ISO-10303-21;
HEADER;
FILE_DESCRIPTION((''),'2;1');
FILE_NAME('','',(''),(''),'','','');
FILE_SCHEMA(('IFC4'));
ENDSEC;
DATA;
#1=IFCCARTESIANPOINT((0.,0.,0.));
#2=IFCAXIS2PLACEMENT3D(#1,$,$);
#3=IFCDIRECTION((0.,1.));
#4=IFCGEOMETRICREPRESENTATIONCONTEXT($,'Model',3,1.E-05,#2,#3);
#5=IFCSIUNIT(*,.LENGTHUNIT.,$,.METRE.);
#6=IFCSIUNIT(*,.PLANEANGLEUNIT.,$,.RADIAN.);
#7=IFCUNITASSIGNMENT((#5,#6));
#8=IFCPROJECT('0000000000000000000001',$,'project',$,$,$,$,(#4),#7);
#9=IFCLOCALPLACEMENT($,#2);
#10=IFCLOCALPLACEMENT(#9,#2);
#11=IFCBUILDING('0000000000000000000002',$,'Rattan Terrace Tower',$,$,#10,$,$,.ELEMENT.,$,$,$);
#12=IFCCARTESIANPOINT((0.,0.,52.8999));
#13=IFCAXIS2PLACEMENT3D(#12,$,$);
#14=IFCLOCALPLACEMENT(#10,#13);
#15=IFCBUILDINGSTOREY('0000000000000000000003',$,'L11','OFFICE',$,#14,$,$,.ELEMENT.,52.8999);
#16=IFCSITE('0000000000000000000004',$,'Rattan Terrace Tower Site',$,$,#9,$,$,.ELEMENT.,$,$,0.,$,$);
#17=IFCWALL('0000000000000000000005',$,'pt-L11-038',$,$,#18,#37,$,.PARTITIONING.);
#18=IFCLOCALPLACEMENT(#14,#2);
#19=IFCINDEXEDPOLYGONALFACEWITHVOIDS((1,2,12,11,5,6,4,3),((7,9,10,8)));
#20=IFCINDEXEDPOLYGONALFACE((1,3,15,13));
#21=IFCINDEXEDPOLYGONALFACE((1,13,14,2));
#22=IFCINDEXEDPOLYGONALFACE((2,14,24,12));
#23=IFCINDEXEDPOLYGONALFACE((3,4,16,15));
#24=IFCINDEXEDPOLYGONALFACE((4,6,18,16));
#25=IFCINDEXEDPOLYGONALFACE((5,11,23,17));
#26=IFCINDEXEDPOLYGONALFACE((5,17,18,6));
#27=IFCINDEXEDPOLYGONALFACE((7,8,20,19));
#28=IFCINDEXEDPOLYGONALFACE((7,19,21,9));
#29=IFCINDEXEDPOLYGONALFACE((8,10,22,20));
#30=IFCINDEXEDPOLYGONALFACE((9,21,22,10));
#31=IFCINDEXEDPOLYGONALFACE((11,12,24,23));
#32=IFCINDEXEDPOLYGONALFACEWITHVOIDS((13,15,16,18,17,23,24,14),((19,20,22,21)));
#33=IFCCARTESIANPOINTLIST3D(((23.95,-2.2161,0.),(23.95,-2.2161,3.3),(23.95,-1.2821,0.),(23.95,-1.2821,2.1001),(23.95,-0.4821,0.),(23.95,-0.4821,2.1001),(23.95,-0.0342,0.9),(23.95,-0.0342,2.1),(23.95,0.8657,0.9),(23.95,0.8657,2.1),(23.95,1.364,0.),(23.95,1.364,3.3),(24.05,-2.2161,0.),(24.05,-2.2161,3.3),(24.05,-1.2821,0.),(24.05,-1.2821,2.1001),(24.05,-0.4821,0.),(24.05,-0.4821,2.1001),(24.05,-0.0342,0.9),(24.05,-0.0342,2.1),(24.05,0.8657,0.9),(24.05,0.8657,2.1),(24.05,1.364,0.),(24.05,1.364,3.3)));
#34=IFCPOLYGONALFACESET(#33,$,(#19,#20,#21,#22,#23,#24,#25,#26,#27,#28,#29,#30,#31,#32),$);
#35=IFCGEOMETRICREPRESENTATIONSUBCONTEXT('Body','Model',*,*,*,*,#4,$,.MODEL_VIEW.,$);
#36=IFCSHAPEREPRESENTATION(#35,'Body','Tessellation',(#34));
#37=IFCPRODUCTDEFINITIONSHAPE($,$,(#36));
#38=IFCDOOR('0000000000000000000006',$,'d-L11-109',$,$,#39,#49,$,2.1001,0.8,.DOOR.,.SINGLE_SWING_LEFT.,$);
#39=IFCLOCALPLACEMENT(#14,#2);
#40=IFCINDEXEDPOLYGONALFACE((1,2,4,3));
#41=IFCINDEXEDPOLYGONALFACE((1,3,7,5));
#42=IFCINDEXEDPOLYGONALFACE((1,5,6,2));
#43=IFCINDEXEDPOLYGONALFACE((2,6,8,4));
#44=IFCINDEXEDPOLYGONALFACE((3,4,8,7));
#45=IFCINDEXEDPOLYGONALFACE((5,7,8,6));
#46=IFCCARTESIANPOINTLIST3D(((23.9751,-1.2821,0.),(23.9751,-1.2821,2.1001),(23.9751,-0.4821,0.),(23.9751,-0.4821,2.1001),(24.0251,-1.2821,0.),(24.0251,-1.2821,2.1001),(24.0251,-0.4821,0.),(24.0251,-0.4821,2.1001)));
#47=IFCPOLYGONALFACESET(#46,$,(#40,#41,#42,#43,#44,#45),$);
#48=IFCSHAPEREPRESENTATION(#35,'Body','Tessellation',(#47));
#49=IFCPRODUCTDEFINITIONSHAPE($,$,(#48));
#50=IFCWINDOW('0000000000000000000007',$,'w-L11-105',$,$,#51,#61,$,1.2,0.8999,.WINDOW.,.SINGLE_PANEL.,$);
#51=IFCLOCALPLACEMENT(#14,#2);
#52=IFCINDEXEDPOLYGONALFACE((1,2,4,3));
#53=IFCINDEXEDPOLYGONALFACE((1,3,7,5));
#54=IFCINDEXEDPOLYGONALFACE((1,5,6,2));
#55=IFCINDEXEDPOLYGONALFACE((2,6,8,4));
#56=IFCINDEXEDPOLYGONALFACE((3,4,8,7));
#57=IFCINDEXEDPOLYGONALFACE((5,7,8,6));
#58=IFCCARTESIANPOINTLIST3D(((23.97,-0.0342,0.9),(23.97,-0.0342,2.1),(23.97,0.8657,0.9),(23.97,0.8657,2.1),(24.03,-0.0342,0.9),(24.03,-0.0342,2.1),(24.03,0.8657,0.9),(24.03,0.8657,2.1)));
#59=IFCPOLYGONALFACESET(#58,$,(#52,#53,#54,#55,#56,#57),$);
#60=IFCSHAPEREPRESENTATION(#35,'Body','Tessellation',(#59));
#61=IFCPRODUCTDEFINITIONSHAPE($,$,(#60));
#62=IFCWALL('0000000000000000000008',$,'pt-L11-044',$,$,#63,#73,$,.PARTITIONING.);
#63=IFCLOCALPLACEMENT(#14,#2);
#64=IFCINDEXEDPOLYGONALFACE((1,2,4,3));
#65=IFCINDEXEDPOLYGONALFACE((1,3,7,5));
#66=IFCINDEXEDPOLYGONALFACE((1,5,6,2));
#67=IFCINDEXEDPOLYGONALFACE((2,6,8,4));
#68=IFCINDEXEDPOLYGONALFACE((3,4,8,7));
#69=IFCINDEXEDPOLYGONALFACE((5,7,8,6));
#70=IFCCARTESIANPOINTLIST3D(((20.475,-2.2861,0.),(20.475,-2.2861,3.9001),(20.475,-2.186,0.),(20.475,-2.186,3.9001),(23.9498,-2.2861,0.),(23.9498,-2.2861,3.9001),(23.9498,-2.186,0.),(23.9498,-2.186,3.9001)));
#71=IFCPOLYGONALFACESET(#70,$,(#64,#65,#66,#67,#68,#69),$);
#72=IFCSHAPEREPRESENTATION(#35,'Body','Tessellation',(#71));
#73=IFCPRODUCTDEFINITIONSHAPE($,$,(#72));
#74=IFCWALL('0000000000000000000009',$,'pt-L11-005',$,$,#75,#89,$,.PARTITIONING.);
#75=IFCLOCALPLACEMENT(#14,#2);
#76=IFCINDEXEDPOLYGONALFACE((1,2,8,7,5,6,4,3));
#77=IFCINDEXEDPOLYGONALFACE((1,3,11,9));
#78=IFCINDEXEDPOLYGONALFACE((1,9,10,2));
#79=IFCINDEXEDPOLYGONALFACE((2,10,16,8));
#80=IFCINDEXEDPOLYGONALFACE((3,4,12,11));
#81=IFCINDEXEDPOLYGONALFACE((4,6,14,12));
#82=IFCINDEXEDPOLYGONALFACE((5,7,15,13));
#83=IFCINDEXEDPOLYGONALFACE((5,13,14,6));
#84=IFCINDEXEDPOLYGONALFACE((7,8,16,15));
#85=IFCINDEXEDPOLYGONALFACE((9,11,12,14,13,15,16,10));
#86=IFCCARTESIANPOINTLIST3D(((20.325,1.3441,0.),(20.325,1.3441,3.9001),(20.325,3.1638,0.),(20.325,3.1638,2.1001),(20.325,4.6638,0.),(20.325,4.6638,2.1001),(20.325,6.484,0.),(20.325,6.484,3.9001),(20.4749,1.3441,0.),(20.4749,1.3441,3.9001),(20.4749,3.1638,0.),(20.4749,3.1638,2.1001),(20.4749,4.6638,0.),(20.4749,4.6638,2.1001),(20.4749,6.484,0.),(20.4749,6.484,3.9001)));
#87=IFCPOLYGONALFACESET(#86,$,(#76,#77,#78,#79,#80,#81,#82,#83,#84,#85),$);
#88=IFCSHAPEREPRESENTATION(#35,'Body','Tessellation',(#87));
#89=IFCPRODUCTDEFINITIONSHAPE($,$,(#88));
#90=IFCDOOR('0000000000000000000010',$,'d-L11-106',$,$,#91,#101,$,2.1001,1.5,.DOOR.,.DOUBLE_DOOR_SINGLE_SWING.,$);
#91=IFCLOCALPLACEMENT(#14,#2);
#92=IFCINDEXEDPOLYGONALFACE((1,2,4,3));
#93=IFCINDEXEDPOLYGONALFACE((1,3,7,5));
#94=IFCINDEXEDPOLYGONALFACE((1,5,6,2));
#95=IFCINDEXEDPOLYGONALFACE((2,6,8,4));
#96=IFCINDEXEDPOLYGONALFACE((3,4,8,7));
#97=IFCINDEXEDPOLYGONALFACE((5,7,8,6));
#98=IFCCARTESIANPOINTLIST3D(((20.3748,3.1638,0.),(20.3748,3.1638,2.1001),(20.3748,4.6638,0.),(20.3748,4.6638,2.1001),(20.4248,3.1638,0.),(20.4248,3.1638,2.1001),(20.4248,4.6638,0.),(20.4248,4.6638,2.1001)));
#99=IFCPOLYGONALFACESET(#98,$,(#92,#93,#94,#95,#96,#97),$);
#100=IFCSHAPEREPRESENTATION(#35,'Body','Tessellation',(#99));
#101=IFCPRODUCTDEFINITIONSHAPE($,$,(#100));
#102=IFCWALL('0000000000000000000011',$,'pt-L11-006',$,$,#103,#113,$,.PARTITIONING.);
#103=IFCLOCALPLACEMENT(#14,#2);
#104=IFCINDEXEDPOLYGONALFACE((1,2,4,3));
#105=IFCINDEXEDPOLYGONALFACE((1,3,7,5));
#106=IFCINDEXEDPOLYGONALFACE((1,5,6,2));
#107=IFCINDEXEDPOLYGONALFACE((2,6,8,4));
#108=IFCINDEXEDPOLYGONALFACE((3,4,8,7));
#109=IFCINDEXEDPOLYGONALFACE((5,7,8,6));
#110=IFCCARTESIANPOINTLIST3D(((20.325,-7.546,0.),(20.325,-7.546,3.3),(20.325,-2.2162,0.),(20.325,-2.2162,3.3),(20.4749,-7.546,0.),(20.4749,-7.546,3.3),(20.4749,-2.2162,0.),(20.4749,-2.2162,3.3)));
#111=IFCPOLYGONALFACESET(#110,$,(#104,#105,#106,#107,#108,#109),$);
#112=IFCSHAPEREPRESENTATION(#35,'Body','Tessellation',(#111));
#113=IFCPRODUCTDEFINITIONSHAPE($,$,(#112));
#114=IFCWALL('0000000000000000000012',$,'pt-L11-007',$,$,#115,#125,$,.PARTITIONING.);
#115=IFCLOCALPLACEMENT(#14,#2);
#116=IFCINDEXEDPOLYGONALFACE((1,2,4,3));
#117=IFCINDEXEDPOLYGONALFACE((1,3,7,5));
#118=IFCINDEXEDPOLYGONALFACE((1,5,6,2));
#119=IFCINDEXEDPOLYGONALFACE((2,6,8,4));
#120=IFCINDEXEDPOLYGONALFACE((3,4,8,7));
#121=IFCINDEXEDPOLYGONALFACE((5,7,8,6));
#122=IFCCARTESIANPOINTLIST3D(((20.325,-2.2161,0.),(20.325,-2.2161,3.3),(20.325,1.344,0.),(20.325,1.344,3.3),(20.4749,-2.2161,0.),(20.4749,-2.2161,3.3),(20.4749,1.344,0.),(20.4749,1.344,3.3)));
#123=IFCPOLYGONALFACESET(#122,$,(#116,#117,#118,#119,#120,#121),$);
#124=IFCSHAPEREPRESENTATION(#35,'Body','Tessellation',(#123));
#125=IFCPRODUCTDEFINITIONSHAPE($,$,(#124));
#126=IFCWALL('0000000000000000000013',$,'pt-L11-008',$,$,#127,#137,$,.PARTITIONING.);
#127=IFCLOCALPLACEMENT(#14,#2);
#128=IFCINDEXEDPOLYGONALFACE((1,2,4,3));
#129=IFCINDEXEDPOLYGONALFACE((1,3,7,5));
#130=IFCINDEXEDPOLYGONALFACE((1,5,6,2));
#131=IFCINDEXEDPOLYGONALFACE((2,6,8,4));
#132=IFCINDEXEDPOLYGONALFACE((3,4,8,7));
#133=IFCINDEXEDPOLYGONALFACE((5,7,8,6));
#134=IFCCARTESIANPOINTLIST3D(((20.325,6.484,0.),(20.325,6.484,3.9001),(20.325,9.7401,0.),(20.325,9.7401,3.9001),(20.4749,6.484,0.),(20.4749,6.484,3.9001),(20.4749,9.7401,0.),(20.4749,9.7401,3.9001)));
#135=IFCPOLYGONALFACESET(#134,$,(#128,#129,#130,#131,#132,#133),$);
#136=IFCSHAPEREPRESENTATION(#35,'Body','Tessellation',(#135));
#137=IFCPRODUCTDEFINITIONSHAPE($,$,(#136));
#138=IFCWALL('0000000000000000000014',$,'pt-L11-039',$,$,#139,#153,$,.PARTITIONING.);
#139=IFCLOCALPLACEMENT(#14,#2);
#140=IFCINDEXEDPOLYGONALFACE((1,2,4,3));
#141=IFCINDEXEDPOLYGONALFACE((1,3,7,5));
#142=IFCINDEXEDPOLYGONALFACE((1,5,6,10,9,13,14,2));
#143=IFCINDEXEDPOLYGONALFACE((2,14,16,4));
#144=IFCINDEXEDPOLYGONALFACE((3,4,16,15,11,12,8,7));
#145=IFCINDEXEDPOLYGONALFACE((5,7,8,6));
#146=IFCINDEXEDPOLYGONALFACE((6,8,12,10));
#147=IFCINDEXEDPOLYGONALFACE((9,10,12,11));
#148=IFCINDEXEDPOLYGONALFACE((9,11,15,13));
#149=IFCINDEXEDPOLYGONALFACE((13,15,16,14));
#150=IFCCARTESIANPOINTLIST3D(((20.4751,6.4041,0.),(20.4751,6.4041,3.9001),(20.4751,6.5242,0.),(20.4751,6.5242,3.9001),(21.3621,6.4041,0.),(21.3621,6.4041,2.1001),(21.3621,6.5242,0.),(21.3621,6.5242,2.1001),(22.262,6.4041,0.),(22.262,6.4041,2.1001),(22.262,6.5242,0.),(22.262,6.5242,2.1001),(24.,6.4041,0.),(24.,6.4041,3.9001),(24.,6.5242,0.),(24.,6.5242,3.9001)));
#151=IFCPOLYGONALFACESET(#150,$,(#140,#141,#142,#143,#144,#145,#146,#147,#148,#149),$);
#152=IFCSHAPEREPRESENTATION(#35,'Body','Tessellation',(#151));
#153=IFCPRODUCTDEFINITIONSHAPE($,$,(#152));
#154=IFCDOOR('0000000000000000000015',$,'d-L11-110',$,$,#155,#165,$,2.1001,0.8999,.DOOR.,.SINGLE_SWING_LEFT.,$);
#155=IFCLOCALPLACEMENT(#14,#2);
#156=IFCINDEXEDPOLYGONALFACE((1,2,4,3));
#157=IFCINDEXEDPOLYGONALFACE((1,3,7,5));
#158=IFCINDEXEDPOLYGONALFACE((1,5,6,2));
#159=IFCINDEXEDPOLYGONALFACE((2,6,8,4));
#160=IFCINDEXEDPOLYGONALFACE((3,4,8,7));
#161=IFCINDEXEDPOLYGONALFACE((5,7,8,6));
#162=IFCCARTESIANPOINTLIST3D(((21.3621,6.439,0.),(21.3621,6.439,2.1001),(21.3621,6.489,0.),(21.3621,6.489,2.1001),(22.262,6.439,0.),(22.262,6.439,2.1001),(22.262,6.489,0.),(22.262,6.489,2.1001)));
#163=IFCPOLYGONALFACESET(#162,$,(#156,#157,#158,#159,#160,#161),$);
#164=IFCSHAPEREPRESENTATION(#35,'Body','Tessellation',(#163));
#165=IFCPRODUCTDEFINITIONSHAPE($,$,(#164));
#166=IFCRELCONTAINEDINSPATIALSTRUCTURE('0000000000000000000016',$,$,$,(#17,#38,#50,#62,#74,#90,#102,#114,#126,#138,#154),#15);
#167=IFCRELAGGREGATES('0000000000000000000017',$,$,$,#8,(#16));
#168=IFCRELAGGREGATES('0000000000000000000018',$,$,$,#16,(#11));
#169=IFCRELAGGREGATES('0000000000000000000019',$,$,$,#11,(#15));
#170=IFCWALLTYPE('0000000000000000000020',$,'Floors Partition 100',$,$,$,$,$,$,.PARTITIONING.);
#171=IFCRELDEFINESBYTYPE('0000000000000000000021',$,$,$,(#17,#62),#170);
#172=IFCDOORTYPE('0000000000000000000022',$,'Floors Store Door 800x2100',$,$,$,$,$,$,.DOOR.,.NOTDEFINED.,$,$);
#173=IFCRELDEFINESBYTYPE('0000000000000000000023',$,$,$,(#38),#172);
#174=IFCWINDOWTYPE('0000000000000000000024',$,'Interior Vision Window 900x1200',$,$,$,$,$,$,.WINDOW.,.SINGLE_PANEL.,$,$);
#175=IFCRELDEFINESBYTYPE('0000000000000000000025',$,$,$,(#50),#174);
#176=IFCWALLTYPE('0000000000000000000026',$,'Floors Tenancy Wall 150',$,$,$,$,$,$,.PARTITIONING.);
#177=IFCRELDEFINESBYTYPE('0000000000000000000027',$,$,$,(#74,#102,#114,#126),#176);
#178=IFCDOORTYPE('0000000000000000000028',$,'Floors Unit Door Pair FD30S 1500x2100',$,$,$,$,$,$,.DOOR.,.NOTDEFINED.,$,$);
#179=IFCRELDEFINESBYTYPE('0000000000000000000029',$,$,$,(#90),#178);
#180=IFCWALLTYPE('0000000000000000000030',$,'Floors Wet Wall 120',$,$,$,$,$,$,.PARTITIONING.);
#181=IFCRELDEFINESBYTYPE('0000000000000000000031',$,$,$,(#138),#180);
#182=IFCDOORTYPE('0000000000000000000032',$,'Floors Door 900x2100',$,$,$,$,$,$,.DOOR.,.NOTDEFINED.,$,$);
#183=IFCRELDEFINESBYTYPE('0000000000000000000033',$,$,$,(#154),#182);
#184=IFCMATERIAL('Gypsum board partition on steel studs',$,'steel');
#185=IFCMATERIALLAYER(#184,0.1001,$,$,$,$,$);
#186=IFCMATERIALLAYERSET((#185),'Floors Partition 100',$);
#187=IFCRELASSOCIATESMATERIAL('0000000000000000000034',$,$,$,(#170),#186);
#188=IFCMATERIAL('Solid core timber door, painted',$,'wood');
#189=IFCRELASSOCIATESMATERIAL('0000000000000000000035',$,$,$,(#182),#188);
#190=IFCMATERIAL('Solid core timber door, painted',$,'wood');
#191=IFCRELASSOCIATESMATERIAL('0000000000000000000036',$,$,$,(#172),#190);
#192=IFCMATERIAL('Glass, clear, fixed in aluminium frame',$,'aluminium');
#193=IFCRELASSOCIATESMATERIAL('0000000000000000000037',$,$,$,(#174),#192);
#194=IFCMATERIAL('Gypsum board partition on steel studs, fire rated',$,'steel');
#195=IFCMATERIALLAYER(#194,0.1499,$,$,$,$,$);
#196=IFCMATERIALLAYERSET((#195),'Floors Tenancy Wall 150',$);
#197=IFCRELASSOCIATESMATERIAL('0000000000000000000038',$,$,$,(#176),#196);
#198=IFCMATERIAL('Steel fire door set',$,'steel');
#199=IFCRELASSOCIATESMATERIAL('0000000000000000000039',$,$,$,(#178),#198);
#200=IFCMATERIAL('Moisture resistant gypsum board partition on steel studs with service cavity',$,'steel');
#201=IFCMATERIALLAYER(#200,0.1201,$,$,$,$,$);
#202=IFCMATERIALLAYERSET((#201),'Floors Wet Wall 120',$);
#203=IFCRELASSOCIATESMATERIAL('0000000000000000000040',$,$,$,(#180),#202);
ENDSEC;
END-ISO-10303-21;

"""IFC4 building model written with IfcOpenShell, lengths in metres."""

from ifc_helpers import new_model, si_unit, direction, frame, frame_2d, origin, place, context, subcontext, project, spatial, rectangle, extrude, material, layer, layer_set, type_object, element, fill, save


model = new_model("IFC4")

# Units and contexts
model_context = context("Model", 3, precision=1e-05, world=origin(), true_north=direction((0.0, 1.0)))
body_context = subcontext(model_context, "Body", "Model", "MODEL_VIEW")
ifc_project = project(units=[si_unit("LENGTHUNIT", "METRE"), si_unit("PLANEANGLEUNIT", "RADIAN")], contexts=[model_context])

# Site, building, storey
site_placement = place(None, origin())
site = spatial("IfcSite", under=ifc_project, at=site_placement, Name="Rattan Terrace Tower Site", CompositionType="ELEMENT", RefElevation=0.0)
building_placement = place(site_placement, origin())
building = spatial("IfcBuilding", under=site, at=building_placement, Name="Rattan Terrace Tower", CompositionType="ELEMENT")
storey_placement = place(building_placement, frame((0.0, 0.0, 52.8999)))
storey = spatial("IfcBuildingStorey", under=building, at=storey_placement, Name="L11", Description="OFFICE", CompositionType="ELEMENT", Elevation=52.8999)

# Shared definitions
ifc_material_1 = material(Name="Gypsum board partition on steel studs", Category="steel")
ifc_layer_1 = layer(ifc_material_1, 0.1001)
ifc_layer_set_1 = layer_set([ifc_layer_1], Name="Floors Partition 100")
wall_type_1 = type_object("IfcWallType", Name="Floors Partition 100", PredefinedType="PARTITIONING", material=ifc_layer_set_1)
ifc_material_2 = material(Name="Solid core timber door, painted", Category="wood")
door_type_1 = type_object("IfcDoorType", Name="Floors Door 900x2100", OperationType="NOTDEFINED", PredefinedType="DOOR", material=ifc_material_2)

# Wall, openings, door, window
wall_1_placement = place(storey_placement, frame((24.0, -2.2161, 0.0), z_axis=(0.0, 0.0, 1.0), x_axis=(0.0, 1.0, 0.0)))
wall_1 = element("IfcWall", 1, at=wall_1_placement, inside=storey, type_object=wall_type_1, Name="pt-L11-038", PredefinedType="PARTITIONING", context=body_context, shape_type="SweptSolid", body=[
    extrude(rectangle(XDim=3.5801, YDim=0.1001, at=frame_2d((1.79, 0.0))), origin(), (0.0, 0.0, 1.0), 3.3),
])
opening_1_placement = place(wall_1_placement, frame((0.9341, 0.0, 0.0)))
opening_1 = element("IfcOpeningElement", 2, at=opening_1_placement, cuts=wall_1, PredefinedType="OPENING", context=body_context, shape_type="SweptSolid", body=[
    extrude(rectangle(XDim=0.8, YDim=2.1001, at=frame_2d((0.3999, 1.05))), frame((0.0, 0.0605, 0.0), z_axis=(0.0, -1.0, 0.0), x_axis=(1.0, 0.0, 0.0)), (0.0, 0.0, 1.0), 0.1211),
])
opening_2_placement = place(wall_1_placement, frame((2.1819, 0.0, 0.8999)))
opening_2 = element("IfcOpeningElement", 3, at=opening_2_placement, cuts=wall_1, PredefinedType="OPENING", context=body_context, shape_type="SweptSolid", body=[
    extrude(rectangle(XDim=0.8999, YDim=1.2, at=frame_2d((0.45, 0.6001))), frame((0.0, 0.0605, 0.0), z_axis=(0.0, -1.0, 0.0), x_axis=(1.0, 0.0, 0.0)), (0.0, 0.0, 1.0), 0.1211),
])
ifc_material_3 = material(Name="Solid core timber door, painted", Category="wood")
door_type_2 = type_object("IfcDoorType", Name="Floors Store Door 800x2100", OperationType="NOTDEFINED", PredefinedType="DOOR", material=ifc_material_3)
door_1_placement = place(opening_1_placement, origin())
door_1 = element("IfcDoor", 4, at=door_1_placement, inside=storey, type_object=door_type_2, Name="d-L11-109", OperationType="SINGLE_SWING_LEFT", OverallHeight=2.1001, OverallWidth=0.8, PredefinedType="DOOR", context=body_context, shape_type="SweptSolid", body=[
    extrude(rectangle(XDim=0.8, YDim=2.1001, at=frame_2d((0.3999, 1.05))), frame((0.0, 0.0249, 0.0), z_axis=(0.0, -1.0, 0.0), x_axis=(1.0, 0.0, 0.0)), (0.0, 0.0, 1.0), 0.05),
])
fill(opening_1, door_1)
ifc_material_4 = material(Name="Glass, clear, fixed in aluminium frame", Category="aluminium")
window_type_1 = type_object("IfcWindowType", Name="Interior Vision Window 900x1200", PartitioningType="SINGLE_PANEL", PredefinedType="WINDOW", material=ifc_material_4)
window_1_placement = place(opening_2_placement, origin())
window_1 = element("IfcWindow", 5, at=window_1_placement, inside=storey, type_object=window_type_1, Name="w-L11-105", OverallHeight=1.2, OverallWidth=0.8999, PartitioningType="SINGLE_PANEL", PredefinedType="WINDOW", context=body_context, shape_type="SweptSolid", body=[
    extrude(rectangle(XDim=0.8999, YDim=1.2, at=frame_2d((0.45, 0.6001))), frame((0.0, 0.03, 0.0), z_axis=(0.0, -1.0, 0.0), x_axis=(1.0, 0.0, 0.0)), (0.0, 0.0, 1.0), 0.0601),
])
fill(opening_2, window_1)

# Wall
wall_2_placement = place(storey_placement, frame((20.4751, -2.2361, 0.0), z_axis=(0.0, 0.0, 1.0), x_axis=(1.0, 0.0, 0.0)))
element("IfcWall", 6, at=wall_2_placement, inside=storey, type_object=wall_type_1, Name="pt-L11-044", PredefinedType="PARTITIONING", context=body_context, shape_type="SweptSolid", body=[
    extrude(rectangle(XDim=3.4749, YDim=0.1001, at=frame_2d((1.7373, 0.0))), origin(), (0.0, 0.0, 1.0), 3.9001),
])

# Wall, opening, door
ifc_material_5 = material(Name="Gypsum board partition on steel studs, fire rated", Category="steel")
ifc_layer_2 = layer(ifc_material_5, 0.1499)
ifc_layer_set_2 = layer_set([ifc_layer_2], Name="Floors Tenancy Wall 150")
wall_type_2 = type_object("IfcWallType", Name="Floors Tenancy Wall 150", PredefinedType="PARTITIONING", material=ifc_layer_set_2)
wall_3_placement = place(storey_placement, frame((20.3999, 6.4839, 0.0), z_axis=(0.0, 0.0, 1.0), x_axis=(0.0, -1.0, 0.0)))
wall_3 = element("IfcWall", 7, at=wall_3_placement, inside=storey, type_object=wall_type_2, Name="pt-L11-005", PredefinedType="PARTITIONING", context=body_context, shape_type="SweptSolid", body=[
    extrude(rectangle(XDim=5.1399, YDim=0.1499, at=frame_2d((2.5698, 0.0))), origin(), (0.0, 0.0, 1.0), 3.9001),
])
opening_3_placement = place(wall_3_placement, frame((1.8201, 0.0, 0.0)))
opening_3 = element("IfcOpeningElement", 8, at=opening_3_placement, cuts=wall_3, PredefinedType="OPENING", context=body_context, shape_type="SweptSolid", body=[
    extrude(rectangle(XDim=1.5, YDim=2.1001, at=frame_2d((0.75, 1.05))), frame((0.0, 0.0854, 0.0), z_axis=(0.0, -1.0, 0.0), x_axis=(1.0, 0.0, 0.0)), (0.0, 0.0, 1.0), 0.1709),
])
ifc_material_6 = material(Name="Steel fire door set", Category="steel")
door_type_3 = type_object("IfcDoorType", Name="Floors Unit Door Pair FD30S 1500x2100", OperationType="NOTDEFINED", PredefinedType="DOOR", material=ifc_material_6)
door_2_placement = place(opening_3_placement, origin())
door_2 = element("IfcDoor", 9, at=door_2_placement, inside=storey, type_object=door_type_3, Name="d-L11-106", OperationType="DOUBLE_DOOR_SINGLE_SWING", OverallHeight=2.1001, OverallWidth=1.5, PredefinedType="DOOR", context=body_context, shape_type="SweptSolid", body=[
    extrude(rectangle(XDim=1.5, YDim=2.1001, at=frame_2d((0.75, 1.05))), frame((0.0, 0.0249, 0.0), z_axis=(0.0, -1.0, 0.0), x_axis=(1.0, 0.0, 0.0)), (0.0, 0.0, 1.0), 0.05),
])
fill(opening_3, door_2)

# Walls
wall_4_placement = place(storey_placement, frame((20.3999, -2.2161, 0.0), z_axis=(0.0, 0.0, 1.0), x_axis=(0.0, -1.0, 0.0)))
element("IfcWall", 10, at=wall_4_placement, inside=storey, type_object=wall_type_2, Name="pt-L11-006", PredefinedType="PARTITIONING", context=body_context, shape_type="SweptSolid", body=[
    extrude(rectangle(XDim=5.3298, YDim=0.1499, at=frame_2d((2.665, 0.0))), origin(), (0.0, 0.0, 1.0), 3.3),
])
wall_5_placement = place(storey_placement, frame((20.3999, 1.344, 0.0), z_axis=(0.0, 0.0, 1.0), x_axis=(0.0, -1.0, 0.0)))
element("IfcWall", 11, at=wall_5_placement, inside=storey, type_object=wall_type_2, Name="pt-L11-007", PredefinedType="PARTITIONING", context=body_context, shape_type="SweptSolid", body=[
    extrude(rectangle(XDim=3.5601, YDim=0.1499, at=frame_2d((1.78, 0.0))), origin(), (0.0, 0.0, 1.0), 3.3),
])
wall_6_placement = place(storey_placement, frame((20.3999, 9.74, 0.0), z_axis=(0.0, 0.0, 1.0), x_axis=(0.0, -1.0, 0.0)))
element("IfcWall", 12, at=wall_6_placement, inside=storey, type_object=wall_type_2, Name="pt-L11-008", PredefinedType="PARTITIONING", context=body_context, shape_type="SweptSolid", body=[
    extrude(rectangle(XDim=3.2561, YDim=0.1499, at=frame_2d((1.6279, 0.0))), origin(), (0.0, 0.0, 1.0), 3.9001),
])

# Wall, opening, door
ifc_material_7 = material(Name="Moisture resistant gypsum board partition on steel studs with service cavity", Category="steel")
ifc_layer_3 = layer(ifc_material_7, 0.1201)
ifc_layer_set_3 = layer_set([ifc_layer_3], Name="Floors Wet Wall 120")
wall_type_3 = type_object("IfcWallType", Name="Floors Wet Wall 120", PredefinedType="PARTITIONING", material=ifc_layer_set_3)
wall_7_placement = place(storey_placement, frame((20.4751, 6.4641, 0.0), z_axis=(0.0, 0.0, 1.0), x_axis=(1.0, 0.0, 0.0)))
wall_7 = element("IfcWall", 13, at=wall_7_placement, inside=storey, type_object=wall_type_3, Name="pt-L11-039", PredefinedType="PARTITIONING", context=body_context, shape_type="SweptSolid", body=[
    extrude(rectangle(XDim=3.5249, YDim=0.1201, at=frame_2d((1.7625, 0.0))), origin(), (0.0, 0.0, 1.0), 3.9001),
])
opening_4_placement = place(wall_7_placement, frame((0.887, 0.0, 0.0)))
opening_4 = element("IfcOpeningElement", 14, at=opening_4_placement, cuts=wall_7, PredefinedType="OPENING", context=body_context, shape_type="SweptSolid", body=[
    extrude(rectangle(XDim=0.8999, YDim=2.1001, at=frame_2d((0.45, 1.05))), frame((0.0, 0.0706, 0.0), z_axis=(0.0, -1.0, 0.0), x_axis=(1.0, 0.0, 0.0)), (0.0, 0.0, 1.0), 0.1411),
])
door_3_placement = place(opening_4_placement, origin())
door_3 = element("IfcDoor", 15, at=door_3_placement, inside=storey, type_object=door_type_1, Name="d-L11-110", OperationType="SINGLE_SWING_LEFT", OverallHeight=2.1001, OverallWidth=0.8999, PredefinedType="DOOR", context=body_context, shape_type="SweptSolid", body=[
    extrude(rectangle(XDim=0.8999, YDim=2.1001, at=frame_2d((0.45, 1.05))), frame((0.0, 0.0249, 0.0), z_axis=(0.0, -1.0, 0.0), x_axis=(1.0, 0.0, 0.0)), (0.0, 0.0, 1.0), 0.05),
])
fill(opening_4, door_3)

save(model, "model.ifc")
